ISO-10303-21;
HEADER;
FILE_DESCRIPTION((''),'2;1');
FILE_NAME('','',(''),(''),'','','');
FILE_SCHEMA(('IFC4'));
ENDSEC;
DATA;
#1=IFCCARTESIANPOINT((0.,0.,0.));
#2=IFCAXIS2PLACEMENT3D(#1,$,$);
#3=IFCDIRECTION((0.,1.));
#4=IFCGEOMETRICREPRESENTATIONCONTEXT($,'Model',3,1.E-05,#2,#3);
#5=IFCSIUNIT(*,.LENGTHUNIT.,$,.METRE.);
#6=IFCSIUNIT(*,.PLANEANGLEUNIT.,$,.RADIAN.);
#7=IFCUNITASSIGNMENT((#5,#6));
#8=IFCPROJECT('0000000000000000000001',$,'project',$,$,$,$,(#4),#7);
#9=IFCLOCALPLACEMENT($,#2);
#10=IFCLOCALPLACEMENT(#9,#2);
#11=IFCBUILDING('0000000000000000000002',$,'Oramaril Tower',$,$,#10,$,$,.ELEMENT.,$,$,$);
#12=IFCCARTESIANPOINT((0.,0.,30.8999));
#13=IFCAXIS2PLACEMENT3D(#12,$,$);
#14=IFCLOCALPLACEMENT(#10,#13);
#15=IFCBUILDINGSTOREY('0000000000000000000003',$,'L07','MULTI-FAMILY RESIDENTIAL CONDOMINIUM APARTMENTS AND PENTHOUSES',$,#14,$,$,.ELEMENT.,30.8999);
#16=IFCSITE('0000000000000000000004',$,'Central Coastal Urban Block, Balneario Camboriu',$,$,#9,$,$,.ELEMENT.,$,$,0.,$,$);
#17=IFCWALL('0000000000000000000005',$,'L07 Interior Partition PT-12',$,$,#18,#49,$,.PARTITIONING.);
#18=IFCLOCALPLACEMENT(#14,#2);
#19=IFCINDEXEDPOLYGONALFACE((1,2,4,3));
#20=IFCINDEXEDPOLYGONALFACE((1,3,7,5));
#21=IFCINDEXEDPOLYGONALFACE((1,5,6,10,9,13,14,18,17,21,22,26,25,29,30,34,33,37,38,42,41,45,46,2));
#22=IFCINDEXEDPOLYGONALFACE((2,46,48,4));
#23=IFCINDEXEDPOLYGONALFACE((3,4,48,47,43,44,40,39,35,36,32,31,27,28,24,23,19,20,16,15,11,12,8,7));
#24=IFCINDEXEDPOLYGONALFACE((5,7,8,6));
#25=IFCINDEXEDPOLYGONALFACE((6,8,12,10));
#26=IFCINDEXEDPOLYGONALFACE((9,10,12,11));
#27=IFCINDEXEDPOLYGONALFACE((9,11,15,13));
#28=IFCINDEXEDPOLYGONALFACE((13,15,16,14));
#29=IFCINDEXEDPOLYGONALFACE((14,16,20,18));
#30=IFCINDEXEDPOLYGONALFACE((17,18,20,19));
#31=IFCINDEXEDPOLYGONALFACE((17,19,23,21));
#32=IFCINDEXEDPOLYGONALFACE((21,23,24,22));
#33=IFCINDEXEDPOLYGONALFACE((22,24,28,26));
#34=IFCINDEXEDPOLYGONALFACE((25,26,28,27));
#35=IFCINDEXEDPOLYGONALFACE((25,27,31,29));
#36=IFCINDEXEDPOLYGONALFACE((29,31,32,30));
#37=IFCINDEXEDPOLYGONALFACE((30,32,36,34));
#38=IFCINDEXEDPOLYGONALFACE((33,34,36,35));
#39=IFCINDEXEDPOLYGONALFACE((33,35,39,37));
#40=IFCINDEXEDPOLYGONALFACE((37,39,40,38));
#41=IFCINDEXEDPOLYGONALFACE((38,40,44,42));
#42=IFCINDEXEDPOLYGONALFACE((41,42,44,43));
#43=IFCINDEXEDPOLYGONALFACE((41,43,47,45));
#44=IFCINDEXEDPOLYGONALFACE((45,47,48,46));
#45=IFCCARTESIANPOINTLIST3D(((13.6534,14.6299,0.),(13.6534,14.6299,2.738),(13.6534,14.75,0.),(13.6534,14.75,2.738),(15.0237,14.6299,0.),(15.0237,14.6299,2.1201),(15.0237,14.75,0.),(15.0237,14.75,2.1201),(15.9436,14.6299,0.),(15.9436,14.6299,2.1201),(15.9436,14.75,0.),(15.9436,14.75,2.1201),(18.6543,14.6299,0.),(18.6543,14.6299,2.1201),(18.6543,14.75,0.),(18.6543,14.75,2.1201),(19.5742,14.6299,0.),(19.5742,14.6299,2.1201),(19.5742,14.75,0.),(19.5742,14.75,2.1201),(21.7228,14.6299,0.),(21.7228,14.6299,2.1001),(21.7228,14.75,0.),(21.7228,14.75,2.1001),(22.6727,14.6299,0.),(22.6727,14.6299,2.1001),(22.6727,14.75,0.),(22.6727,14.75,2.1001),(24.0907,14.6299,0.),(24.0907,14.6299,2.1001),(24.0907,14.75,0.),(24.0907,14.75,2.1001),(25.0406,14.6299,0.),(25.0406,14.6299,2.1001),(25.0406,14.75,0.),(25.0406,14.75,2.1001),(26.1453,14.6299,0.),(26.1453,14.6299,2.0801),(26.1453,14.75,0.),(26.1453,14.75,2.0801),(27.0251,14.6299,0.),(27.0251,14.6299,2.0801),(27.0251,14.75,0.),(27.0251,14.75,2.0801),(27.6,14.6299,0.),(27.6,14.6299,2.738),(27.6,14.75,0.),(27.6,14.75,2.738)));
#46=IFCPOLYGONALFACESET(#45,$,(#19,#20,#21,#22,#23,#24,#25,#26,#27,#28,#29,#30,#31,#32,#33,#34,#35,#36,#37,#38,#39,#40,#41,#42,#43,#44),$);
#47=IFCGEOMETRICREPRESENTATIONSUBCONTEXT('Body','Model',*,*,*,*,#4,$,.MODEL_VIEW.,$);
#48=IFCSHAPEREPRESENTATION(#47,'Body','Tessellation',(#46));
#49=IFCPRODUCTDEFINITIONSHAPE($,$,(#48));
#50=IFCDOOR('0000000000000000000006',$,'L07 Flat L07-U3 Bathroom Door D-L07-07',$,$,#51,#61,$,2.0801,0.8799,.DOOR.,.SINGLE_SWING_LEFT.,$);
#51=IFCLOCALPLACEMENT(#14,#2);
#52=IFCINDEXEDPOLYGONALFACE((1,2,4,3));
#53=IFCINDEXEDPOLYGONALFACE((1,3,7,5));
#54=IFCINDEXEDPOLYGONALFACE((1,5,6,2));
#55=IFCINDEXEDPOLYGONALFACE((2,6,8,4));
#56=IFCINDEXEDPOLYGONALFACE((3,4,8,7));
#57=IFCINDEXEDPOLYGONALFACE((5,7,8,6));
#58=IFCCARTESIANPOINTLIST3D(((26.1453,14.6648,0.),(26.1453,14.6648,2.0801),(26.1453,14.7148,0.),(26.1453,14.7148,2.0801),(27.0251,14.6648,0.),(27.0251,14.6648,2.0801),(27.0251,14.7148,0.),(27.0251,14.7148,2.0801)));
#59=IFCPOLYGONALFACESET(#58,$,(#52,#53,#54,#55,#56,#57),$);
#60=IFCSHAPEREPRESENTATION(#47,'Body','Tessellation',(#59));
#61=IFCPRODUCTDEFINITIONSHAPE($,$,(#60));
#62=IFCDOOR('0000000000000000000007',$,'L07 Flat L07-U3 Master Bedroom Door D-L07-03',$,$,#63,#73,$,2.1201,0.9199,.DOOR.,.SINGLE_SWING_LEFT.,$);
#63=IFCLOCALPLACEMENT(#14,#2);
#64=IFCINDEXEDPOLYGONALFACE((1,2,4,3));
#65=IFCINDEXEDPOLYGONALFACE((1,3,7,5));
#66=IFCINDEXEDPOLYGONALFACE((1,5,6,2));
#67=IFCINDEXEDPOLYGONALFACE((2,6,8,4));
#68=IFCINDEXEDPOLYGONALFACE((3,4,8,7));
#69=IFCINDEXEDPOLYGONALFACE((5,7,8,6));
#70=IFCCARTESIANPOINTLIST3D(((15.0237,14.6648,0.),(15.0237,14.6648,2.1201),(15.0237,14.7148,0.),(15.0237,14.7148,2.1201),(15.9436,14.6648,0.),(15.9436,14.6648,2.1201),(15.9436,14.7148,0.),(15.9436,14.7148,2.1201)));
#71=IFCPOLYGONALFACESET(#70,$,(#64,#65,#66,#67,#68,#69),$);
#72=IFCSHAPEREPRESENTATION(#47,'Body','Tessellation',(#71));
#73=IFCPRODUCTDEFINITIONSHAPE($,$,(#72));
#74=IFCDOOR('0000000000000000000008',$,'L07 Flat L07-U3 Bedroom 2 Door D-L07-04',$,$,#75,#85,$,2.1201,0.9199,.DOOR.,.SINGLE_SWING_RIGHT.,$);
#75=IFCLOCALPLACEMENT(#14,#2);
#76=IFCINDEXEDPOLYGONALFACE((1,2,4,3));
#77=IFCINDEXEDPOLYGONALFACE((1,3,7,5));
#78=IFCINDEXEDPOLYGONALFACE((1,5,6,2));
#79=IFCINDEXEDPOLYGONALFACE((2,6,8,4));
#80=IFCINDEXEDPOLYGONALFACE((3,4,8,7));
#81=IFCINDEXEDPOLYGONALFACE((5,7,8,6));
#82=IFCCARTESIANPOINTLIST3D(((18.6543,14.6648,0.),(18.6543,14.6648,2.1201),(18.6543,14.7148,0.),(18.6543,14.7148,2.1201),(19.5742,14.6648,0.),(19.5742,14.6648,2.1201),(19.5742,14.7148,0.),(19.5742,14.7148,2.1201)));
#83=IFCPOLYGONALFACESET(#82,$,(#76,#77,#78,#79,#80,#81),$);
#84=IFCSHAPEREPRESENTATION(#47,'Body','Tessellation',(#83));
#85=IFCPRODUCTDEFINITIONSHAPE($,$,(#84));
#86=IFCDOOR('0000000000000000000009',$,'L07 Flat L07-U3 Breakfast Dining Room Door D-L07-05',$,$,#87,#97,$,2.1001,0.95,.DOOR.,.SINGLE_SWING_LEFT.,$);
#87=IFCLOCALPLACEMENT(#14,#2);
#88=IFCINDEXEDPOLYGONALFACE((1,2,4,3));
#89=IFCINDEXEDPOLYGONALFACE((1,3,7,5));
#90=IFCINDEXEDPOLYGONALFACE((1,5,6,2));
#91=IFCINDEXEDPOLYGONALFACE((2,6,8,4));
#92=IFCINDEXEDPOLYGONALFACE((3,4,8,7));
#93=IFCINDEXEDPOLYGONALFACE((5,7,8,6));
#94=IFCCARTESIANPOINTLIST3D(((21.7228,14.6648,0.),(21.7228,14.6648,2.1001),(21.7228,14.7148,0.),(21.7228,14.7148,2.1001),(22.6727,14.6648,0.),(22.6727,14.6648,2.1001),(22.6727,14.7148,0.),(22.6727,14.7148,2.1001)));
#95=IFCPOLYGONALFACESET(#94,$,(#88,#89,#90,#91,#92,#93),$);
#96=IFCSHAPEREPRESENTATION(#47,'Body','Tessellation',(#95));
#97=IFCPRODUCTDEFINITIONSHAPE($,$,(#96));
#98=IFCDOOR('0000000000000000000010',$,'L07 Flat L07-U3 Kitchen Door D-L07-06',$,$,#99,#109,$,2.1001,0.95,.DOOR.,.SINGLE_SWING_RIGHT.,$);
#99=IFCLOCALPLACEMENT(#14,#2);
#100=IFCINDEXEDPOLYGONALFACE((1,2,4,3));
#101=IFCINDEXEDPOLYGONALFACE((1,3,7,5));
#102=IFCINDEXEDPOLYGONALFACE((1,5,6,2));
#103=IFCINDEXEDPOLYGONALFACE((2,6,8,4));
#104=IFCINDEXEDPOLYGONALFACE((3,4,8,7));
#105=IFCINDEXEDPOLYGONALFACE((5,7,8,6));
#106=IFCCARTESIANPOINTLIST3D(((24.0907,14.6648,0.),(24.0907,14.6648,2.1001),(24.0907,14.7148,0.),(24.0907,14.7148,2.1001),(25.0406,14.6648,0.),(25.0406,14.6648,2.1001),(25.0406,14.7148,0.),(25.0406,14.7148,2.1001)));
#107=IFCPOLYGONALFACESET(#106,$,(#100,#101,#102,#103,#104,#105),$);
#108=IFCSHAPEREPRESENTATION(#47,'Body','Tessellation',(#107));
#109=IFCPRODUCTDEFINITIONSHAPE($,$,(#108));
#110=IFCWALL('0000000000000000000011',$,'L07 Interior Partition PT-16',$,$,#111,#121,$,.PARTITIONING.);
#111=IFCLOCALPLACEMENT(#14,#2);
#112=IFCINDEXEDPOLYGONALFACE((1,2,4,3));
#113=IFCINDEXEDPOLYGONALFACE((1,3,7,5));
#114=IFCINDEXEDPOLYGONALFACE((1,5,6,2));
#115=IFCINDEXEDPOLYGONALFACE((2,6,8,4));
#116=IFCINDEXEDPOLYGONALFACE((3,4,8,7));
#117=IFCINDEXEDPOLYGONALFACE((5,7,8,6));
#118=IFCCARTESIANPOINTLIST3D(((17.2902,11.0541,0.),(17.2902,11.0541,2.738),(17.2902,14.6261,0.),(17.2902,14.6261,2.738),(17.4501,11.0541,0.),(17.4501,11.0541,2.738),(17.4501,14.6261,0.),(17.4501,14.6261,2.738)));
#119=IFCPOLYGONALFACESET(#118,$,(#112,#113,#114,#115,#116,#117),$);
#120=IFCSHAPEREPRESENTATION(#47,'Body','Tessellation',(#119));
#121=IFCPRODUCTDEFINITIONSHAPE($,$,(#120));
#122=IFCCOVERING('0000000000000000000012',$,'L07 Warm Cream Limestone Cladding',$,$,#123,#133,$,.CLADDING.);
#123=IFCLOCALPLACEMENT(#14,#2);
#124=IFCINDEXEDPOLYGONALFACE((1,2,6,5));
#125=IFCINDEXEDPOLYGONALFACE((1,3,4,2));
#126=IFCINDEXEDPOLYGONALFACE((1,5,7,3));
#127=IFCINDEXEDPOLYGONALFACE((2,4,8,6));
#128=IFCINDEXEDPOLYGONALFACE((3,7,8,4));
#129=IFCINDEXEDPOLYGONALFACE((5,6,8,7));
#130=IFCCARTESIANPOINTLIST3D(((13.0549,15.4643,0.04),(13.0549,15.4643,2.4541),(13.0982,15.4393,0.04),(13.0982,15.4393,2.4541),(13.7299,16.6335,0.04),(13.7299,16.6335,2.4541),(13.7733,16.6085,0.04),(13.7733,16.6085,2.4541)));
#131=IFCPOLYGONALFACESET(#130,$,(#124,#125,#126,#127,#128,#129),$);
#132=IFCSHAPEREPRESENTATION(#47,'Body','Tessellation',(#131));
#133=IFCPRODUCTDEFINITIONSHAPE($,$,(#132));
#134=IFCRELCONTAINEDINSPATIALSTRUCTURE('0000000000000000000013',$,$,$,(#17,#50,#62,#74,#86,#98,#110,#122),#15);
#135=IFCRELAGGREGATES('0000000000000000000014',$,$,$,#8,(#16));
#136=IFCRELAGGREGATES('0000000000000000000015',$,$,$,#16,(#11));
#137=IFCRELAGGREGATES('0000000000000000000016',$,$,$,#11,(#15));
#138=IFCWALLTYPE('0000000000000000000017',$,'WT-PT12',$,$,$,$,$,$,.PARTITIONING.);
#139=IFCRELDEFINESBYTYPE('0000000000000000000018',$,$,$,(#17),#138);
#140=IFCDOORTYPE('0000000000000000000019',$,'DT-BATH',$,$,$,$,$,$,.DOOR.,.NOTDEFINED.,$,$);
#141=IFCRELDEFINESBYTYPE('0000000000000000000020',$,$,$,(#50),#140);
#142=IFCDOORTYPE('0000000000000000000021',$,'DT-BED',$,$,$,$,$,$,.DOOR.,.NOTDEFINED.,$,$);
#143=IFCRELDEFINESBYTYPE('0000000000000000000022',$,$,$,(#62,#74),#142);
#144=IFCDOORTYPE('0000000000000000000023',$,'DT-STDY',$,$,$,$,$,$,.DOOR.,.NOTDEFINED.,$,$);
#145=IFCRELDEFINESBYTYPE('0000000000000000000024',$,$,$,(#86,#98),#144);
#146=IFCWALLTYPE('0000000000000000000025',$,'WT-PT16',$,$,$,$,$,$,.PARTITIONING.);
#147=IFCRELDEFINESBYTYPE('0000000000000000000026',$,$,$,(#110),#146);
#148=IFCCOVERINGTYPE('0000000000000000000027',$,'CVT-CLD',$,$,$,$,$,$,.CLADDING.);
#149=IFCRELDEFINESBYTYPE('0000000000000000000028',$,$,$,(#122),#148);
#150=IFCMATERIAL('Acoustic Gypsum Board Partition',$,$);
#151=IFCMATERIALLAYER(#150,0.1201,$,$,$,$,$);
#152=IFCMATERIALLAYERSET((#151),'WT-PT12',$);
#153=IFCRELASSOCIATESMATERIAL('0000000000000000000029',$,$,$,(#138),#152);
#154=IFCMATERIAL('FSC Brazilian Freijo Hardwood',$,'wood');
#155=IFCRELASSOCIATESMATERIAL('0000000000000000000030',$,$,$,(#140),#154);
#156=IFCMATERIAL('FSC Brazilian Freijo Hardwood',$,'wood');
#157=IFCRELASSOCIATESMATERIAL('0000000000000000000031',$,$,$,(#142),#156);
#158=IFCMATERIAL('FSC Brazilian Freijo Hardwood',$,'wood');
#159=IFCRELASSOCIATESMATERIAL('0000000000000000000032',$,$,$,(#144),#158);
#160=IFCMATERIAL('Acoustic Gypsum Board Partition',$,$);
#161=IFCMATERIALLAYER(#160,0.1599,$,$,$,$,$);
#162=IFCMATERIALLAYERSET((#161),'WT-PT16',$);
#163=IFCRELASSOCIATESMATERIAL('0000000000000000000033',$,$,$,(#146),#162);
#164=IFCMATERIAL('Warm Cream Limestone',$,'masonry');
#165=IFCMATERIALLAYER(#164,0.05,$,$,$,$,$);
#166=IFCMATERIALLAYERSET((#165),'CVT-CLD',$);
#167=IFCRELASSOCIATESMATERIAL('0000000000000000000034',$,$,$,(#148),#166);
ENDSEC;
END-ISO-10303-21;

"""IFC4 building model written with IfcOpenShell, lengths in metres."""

from ifc_helpers import new_model, si_unit, direction, frame, frame_2d, origin, origin_2d, place, context, subcontext, project, spatial, rectangle, extrude, material, layer, layer_set, type_object, element, fill, save


model = new_model("IFC4")

# Units and contexts
model_context = context("Model", 3, precision=1e-05, world=origin(), true_north=direction((0.0, 1.0)))
body_context = subcontext(model_context, "Body", "Model", "MODEL_VIEW")
ifc_project = project(units=[si_unit("LENGTHUNIT", "METRE"), si_unit("PLANEANGLEUNIT", "RADIAN")], contexts=[model_context])

# Site, building, storey
site_placement = place(None, origin())
site = spatial("IfcSite", under=ifc_project, at=site_placement, Name="Central Coastal Urban Block, Balneario Camboriu", CompositionType="ELEMENT", RefElevation=0.0)
building_placement = place(site_placement, origin())
building = spatial("IfcBuilding", under=site, at=building_placement, Name="Oramaril Tower", CompositionType="ELEMENT")
storey_placement = place(building_placement, frame((0.0, 0.0, 30.8999)))
storey = spatial("IfcBuildingStorey", under=building, at=storey_placement, Name="L07", Description="MULTI-FAMILY RESIDENTIAL CONDOMINIUM APARTMENTS AND PENTHOUSES", CompositionType="ELEMENT", Elevation=30.8999)

# Wall, openings, doors
ifc_material_1 = material(Name="Acoustic Gypsum Board Partition")
ifc_layer_1 = layer(ifc_material_1, 0.1201)
ifc_layer_set_1 = layer_set([ifc_layer_1], Name="WT-PT12")
wall_type_1 = type_object("IfcWallType", Name="WT-PT12", PredefinedType="PARTITIONING", material=ifc_layer_set_1)
wall_1_placement = place(storey_placement, frame((13.6536, 14.6899, 0.0), z_axis=(0.0, 0.0, 1.0), x_axis=(1.0, 0.0, 0.0)))
wall_1 = element("IfcWall", 1, at=wall_1_placement, inside=storey, type_object=wall_type_1, Name="L07 Interior Partition PT-12", PredefinedType="PARTITIONING", context=body_context, shape_type="SweptSolid", body=[
    extrude(rectangle(XDim=13.9465, YDim=0.1201, at=frame_2d((6.9731, 0.0))), origin(), (0.0, 0.0, 1.0), 2.738),
])
opening_1_placement = place(wall_1_placement, frame((1.3701, 0.0, 0.0)))
opening_1 = element("IfcOpeningElement", 2, at=opening_1_placement, cuts=wall_1, PredefinedType="OPENING", context=body_context, shape_type="SweptSolid", body=[
    extrude(rectangle(XDim=0.9199, YDim=2.1201, at=frame_2d((0.46, 1.0601))), frame((0.0, 0.0601, 0.0), z_axis=(0.0, -1.0, 0.0), x_axis=(1.0, 0.0, 0.0)), (0.0, 0.0, 1.0), 0.1201),
])
opening_2_placement = place(wall_1_placement, frame((5.0007, 0.0, 0.0)))
opening_2 = element("IfcOpeningElement", 3, at=opening_2_placement, cuts=wall_1, PredefinedType="OPENING", context=body_context, shape_type="SweptSolid", body=[
    extrude(rectangle(XDim=0.9199, YDim=2.1201, at=frame_2d((0.46, 1.0601))), frame((0.0, 0.0601, 0.0), z_axis=(0.0, -1.0, 0.0), x_axis=(1.0, 0.0, 0.0)), (0.0, 0.0, 1.0), 0.1201),
])
opening_3_placement = place(wall_1_placement, frame((8.0691, 0.0, 0.0)))
opening_3 = element("IfcOpeningElement", 4, at=opening_3_placement, cuts=wall_1, PredefinedType="OPENING", context=body_context, shape_type="SweptSolid", body=[
    extrude(rectangle(XDim=0.95, YDim=2.1001, at=frame_2d((0.4751, 1.05))), frame((0.0, 0.0601, 0.0), z_axis=(0.0, -1.0, 0.0), x_axis=(1.0, 0.0, 0.0)), (0.0, 0.0, 1.0), 0.1201),
])
opening_4_placement = place(wall_1_placement, frame((10.437, 0.0, 0.0)))
opening_4 = element("IfcOpeningElement", 5, at=opening_4_placement, cuts=wall_1, PredefinedType="OPENING", context=body_context, shape_type="SweptSolid", body=[
    extrude(rectangle(XDim=0.95, YDim=2.1001, at=frame_2d((0.4751, 1.05))), frame((0.0, 0.0601, 0.0), z_axis=(0.0, -1.0, 0.0), x_axis=(1.0, 0.0, 0.0)), (0.0, 0.0, 1.0), 0.1201),
])
opening_5_placement = place(wall_1_placement, frame((12.4917, 0.0, 0.0)))
opening_5 = element("IfcOpeningElement", 6, at=opening_5_placement, cuts=wall_1, PredefinedType="OPENING", context=body_context, shape_type="SweptSolid", body=[
    extrude(rectangle(XDim=0.8799, YDim=2.0801, at=frame_2d((0.4399, 1.04))), frame((0.0, 0.0601, 0.0), z_axis=(0.0, -1.0, 0.0), x_axis=(1.0, 0.0, 0.0)), (0.0, 0.0, 1.0), 0.1201),
])
ifc_material_2 = material(Name="FSC Brazilian Freijo Hardwood", Category="wood")
door_type_1 = type_object("IfcDoorType", Name="DT-BATH", OperationType="NOTDEFINED", PredefinedType="DOOR", material=ifc_material_2)
door_1_placement = place(opening_5_placement, origin())
door_1 = element("IfcDoor", 7, at=door_1_placement, inside=storey, type_object=door_type_1, Name="L07 Flat L07-U3 Bathroom Door D-L07-07", OperationType="SINGLE_SWING_LEFT", OverallHeight=2.0801, OverallWidth=0.8799, PredefinedType="DOOR", context=body_context, shape_type="SweptSolid", body=[
    extrude(rectangle(XDim=0.8799, YDim=2.0801, at=frame_2d((0.4399, 1.04))), frame((0.0, 0.0249, 0.0), z_axis=(0.0, -1.0, 0.0), x_axis=(1.0, 0.0, 0.0)), (0.0, 0.0, 1.0), 0.05),
])
fill(opening_5, door_1)
ifc_material_3 = material(Name="FSC Brazilian Freijo Hardwood", Category="wood")
door_type_2 = type_object("IfcDoorType", Name="DT-BED", OperationType="NOTDEFINED", PredefinedType="DOOR", material=ifc_material_3)
door_2_placement = place(opening_1_placement, origin())
door_2 = element("IfcDoor", 8, at=door_2_placement, inside=storey, type_object=door_type_2, Name="L07 Flat L07-U3 Master Bedroom Door D-L07-03", OperationType="SINGLE_SWING_LEFT", OverallHeight=2.1201, OverallWidth=0.9199, PredefinedType="DOOR", context=body_context, shape_type="SweptSolid", body=[
    extrude(rectangle(XDim=0.9199, YDim=2.1201, at=frame_2d((0.46, 1.0601))), frame((0.0, 0.0249, 0.0), z_axis=(0.0, -1.0, 0.0), x_axis=(1.0, 0.0, 0.0)), (0.0, 0.0, 1.0), 0.05),
])
fill(opening_1, door_2)
door_3_placement = place(opening_2_placement, origin())
door_3 = element("IfcDoor", 9, at=door_3_placement, inside=storey, type_object=door_type_2, Name="L07 Flat L07-U3 Bedroom 2 Door D-L07-04", OperationType="SINGLE_SWING_RIGHT", OverallHeight=2.1201, OverallWidth=0.9199, PredefinedType="DOOR", context=body_context, shape_type="SweptSolid", body=[
    extrude(rectangle(XDim=0.9199, YDim=2.1201, at=frame_2d((0.46, 1.0601))), frame((0.0, 0.0249, 0.0), z_axis=(0.0, -1.0, 0.0), x_axis=(1.0, 0.0, 0.0)), (0.0, 0.0, 1.0), 0.05),
])
fill(opening_2, door_3)
ifc_material_4 = material(Name="FSC Brazilian Freijo Hardwood", Category="wood")
door_type_3 = type_object("IfcDoorType", Name="DT-STDY", OperationType="NOTDEFINED", PredefinedType="DOOR", material=ifc_material_4)
door_4_placement = place(opening_3_placement, origin())
door_4 = element("IfcDoor", 10, at=door_4_placement, inside=storey, type_object=door_type_3, Name="L07 Flat L07-U3 Breakfast Dining Room Door D-L07-05", OperationType="SINGLE_SWING_LEFT", OverallHeight=2.1001, OverallWidth=0.95, PredefinedType="DOOR", context=body_context, shape_type="SweptSolid", body=[
    extrude(rectangle(XDim=0.95, YDim=2.1001, at=frame_2d((0.4751, 1.05))), frame((0.0, 0.0249, 0.0), z_axis=(0.0, -1.0, 0.0), x_axis=(1.0, 0.0, 0.0)), (0.0, 0.0, 1.0), 0.05),
])
fill(opening_3, door_4)
door_5_placement = place(opening_4_placement, origin())
door_5 = element("IfcDoor", 11, at=door_5_placement, inside=storey, type_object=door_type_3, Name="L07 Flat L07-U3 Kitchen Door D-L07-06", OperationType="SINGLE_SWING_RIGHT", OverallHeight=2.1001, OverallWidth=0.95, PredefinedType="DOOR", context=body_context, shape_type="SweptSolid", body=[
    extrude(rectangle(XDim=0.95, YDim=2.1001, at=frame_2d((0.4751, 1.05))), frame((0.0, 0.0249, 0.0), z_axis=(0.0, -1.0, 0.0), x_axis=(1.0, 0.0, 0.0)), (0.0, 0.0, 1.0), 0.05),
])
fill(opening_4, door_5)

# Wall
ifc_material_5 = material(Name="Acoustic Gypsum Board Partition")
ifc_layer_2 = layer(ifc_material_5, 0.1599)
ifc_layer_set_2 = layer_set([ifc_layer_2], Name="WT-PT16")
wall_type_2 = type_object("IfcWallType", Name="WT-PT16", PredefinedType="PARTITIONING", material=ifc_layer_set_2)
wall_2_placement = place(storey_placement, frame((17.3701, 11.054, 0.0), z_axis=(0.0, 0.0, 1.0), x_axis=(0.0, 1.0, 0.0)))
element("IfcWall", 12, at=wall_2_placement, inside=storey, type_object=wall_type_2, Name="L07 Interior Partition PT-16", PredefinedType="PARTITIONING", context=body_context, shape_type="SweptSolid", body=[
    extrude(rectangle(XDim=3.572, YDim=0.1599, at=frame_2d((1.7861, 0.0))), origin(), (0.0, 0.0, 1.0), 2.738),
])

# Covering
ifc_material_6 = material(Name="Warm Cream Limestone", Category="masonry")
ifc_layer_3 = layer(ifc_material_6, 0.05)
ifc_layer_set_3 = layer_set([ifc_layer_3], Name="CVT-CLD")
covering_type = type_object("IfcCoveringType", Name="CVT-CLD", PredefinedType="CLADDING", material=ifc_layer_set_3)
covering_placement = place(storey_placement, frame((13.4141, 16.0364, 0.04), z_axis=(0.0, 0.0, 1.0), x_axis=(-0.5, -0.866025, 0.0)))
element("IfcCovering", 13, at=covering_placement, inside=storey, type_object=covering_type, Name="L07 Warm Cream Limestone Cladding", PredefinedType="CLADDING", context=body_context, shape_type="SweptSolid", body=[
    extrude(rectangle(XDim=1.3501, YDim=0.05, at=origin_2d()), origin(), (0.0, 0.0, 1.0), 2.4141),
])

save(model, "model.ifc")
